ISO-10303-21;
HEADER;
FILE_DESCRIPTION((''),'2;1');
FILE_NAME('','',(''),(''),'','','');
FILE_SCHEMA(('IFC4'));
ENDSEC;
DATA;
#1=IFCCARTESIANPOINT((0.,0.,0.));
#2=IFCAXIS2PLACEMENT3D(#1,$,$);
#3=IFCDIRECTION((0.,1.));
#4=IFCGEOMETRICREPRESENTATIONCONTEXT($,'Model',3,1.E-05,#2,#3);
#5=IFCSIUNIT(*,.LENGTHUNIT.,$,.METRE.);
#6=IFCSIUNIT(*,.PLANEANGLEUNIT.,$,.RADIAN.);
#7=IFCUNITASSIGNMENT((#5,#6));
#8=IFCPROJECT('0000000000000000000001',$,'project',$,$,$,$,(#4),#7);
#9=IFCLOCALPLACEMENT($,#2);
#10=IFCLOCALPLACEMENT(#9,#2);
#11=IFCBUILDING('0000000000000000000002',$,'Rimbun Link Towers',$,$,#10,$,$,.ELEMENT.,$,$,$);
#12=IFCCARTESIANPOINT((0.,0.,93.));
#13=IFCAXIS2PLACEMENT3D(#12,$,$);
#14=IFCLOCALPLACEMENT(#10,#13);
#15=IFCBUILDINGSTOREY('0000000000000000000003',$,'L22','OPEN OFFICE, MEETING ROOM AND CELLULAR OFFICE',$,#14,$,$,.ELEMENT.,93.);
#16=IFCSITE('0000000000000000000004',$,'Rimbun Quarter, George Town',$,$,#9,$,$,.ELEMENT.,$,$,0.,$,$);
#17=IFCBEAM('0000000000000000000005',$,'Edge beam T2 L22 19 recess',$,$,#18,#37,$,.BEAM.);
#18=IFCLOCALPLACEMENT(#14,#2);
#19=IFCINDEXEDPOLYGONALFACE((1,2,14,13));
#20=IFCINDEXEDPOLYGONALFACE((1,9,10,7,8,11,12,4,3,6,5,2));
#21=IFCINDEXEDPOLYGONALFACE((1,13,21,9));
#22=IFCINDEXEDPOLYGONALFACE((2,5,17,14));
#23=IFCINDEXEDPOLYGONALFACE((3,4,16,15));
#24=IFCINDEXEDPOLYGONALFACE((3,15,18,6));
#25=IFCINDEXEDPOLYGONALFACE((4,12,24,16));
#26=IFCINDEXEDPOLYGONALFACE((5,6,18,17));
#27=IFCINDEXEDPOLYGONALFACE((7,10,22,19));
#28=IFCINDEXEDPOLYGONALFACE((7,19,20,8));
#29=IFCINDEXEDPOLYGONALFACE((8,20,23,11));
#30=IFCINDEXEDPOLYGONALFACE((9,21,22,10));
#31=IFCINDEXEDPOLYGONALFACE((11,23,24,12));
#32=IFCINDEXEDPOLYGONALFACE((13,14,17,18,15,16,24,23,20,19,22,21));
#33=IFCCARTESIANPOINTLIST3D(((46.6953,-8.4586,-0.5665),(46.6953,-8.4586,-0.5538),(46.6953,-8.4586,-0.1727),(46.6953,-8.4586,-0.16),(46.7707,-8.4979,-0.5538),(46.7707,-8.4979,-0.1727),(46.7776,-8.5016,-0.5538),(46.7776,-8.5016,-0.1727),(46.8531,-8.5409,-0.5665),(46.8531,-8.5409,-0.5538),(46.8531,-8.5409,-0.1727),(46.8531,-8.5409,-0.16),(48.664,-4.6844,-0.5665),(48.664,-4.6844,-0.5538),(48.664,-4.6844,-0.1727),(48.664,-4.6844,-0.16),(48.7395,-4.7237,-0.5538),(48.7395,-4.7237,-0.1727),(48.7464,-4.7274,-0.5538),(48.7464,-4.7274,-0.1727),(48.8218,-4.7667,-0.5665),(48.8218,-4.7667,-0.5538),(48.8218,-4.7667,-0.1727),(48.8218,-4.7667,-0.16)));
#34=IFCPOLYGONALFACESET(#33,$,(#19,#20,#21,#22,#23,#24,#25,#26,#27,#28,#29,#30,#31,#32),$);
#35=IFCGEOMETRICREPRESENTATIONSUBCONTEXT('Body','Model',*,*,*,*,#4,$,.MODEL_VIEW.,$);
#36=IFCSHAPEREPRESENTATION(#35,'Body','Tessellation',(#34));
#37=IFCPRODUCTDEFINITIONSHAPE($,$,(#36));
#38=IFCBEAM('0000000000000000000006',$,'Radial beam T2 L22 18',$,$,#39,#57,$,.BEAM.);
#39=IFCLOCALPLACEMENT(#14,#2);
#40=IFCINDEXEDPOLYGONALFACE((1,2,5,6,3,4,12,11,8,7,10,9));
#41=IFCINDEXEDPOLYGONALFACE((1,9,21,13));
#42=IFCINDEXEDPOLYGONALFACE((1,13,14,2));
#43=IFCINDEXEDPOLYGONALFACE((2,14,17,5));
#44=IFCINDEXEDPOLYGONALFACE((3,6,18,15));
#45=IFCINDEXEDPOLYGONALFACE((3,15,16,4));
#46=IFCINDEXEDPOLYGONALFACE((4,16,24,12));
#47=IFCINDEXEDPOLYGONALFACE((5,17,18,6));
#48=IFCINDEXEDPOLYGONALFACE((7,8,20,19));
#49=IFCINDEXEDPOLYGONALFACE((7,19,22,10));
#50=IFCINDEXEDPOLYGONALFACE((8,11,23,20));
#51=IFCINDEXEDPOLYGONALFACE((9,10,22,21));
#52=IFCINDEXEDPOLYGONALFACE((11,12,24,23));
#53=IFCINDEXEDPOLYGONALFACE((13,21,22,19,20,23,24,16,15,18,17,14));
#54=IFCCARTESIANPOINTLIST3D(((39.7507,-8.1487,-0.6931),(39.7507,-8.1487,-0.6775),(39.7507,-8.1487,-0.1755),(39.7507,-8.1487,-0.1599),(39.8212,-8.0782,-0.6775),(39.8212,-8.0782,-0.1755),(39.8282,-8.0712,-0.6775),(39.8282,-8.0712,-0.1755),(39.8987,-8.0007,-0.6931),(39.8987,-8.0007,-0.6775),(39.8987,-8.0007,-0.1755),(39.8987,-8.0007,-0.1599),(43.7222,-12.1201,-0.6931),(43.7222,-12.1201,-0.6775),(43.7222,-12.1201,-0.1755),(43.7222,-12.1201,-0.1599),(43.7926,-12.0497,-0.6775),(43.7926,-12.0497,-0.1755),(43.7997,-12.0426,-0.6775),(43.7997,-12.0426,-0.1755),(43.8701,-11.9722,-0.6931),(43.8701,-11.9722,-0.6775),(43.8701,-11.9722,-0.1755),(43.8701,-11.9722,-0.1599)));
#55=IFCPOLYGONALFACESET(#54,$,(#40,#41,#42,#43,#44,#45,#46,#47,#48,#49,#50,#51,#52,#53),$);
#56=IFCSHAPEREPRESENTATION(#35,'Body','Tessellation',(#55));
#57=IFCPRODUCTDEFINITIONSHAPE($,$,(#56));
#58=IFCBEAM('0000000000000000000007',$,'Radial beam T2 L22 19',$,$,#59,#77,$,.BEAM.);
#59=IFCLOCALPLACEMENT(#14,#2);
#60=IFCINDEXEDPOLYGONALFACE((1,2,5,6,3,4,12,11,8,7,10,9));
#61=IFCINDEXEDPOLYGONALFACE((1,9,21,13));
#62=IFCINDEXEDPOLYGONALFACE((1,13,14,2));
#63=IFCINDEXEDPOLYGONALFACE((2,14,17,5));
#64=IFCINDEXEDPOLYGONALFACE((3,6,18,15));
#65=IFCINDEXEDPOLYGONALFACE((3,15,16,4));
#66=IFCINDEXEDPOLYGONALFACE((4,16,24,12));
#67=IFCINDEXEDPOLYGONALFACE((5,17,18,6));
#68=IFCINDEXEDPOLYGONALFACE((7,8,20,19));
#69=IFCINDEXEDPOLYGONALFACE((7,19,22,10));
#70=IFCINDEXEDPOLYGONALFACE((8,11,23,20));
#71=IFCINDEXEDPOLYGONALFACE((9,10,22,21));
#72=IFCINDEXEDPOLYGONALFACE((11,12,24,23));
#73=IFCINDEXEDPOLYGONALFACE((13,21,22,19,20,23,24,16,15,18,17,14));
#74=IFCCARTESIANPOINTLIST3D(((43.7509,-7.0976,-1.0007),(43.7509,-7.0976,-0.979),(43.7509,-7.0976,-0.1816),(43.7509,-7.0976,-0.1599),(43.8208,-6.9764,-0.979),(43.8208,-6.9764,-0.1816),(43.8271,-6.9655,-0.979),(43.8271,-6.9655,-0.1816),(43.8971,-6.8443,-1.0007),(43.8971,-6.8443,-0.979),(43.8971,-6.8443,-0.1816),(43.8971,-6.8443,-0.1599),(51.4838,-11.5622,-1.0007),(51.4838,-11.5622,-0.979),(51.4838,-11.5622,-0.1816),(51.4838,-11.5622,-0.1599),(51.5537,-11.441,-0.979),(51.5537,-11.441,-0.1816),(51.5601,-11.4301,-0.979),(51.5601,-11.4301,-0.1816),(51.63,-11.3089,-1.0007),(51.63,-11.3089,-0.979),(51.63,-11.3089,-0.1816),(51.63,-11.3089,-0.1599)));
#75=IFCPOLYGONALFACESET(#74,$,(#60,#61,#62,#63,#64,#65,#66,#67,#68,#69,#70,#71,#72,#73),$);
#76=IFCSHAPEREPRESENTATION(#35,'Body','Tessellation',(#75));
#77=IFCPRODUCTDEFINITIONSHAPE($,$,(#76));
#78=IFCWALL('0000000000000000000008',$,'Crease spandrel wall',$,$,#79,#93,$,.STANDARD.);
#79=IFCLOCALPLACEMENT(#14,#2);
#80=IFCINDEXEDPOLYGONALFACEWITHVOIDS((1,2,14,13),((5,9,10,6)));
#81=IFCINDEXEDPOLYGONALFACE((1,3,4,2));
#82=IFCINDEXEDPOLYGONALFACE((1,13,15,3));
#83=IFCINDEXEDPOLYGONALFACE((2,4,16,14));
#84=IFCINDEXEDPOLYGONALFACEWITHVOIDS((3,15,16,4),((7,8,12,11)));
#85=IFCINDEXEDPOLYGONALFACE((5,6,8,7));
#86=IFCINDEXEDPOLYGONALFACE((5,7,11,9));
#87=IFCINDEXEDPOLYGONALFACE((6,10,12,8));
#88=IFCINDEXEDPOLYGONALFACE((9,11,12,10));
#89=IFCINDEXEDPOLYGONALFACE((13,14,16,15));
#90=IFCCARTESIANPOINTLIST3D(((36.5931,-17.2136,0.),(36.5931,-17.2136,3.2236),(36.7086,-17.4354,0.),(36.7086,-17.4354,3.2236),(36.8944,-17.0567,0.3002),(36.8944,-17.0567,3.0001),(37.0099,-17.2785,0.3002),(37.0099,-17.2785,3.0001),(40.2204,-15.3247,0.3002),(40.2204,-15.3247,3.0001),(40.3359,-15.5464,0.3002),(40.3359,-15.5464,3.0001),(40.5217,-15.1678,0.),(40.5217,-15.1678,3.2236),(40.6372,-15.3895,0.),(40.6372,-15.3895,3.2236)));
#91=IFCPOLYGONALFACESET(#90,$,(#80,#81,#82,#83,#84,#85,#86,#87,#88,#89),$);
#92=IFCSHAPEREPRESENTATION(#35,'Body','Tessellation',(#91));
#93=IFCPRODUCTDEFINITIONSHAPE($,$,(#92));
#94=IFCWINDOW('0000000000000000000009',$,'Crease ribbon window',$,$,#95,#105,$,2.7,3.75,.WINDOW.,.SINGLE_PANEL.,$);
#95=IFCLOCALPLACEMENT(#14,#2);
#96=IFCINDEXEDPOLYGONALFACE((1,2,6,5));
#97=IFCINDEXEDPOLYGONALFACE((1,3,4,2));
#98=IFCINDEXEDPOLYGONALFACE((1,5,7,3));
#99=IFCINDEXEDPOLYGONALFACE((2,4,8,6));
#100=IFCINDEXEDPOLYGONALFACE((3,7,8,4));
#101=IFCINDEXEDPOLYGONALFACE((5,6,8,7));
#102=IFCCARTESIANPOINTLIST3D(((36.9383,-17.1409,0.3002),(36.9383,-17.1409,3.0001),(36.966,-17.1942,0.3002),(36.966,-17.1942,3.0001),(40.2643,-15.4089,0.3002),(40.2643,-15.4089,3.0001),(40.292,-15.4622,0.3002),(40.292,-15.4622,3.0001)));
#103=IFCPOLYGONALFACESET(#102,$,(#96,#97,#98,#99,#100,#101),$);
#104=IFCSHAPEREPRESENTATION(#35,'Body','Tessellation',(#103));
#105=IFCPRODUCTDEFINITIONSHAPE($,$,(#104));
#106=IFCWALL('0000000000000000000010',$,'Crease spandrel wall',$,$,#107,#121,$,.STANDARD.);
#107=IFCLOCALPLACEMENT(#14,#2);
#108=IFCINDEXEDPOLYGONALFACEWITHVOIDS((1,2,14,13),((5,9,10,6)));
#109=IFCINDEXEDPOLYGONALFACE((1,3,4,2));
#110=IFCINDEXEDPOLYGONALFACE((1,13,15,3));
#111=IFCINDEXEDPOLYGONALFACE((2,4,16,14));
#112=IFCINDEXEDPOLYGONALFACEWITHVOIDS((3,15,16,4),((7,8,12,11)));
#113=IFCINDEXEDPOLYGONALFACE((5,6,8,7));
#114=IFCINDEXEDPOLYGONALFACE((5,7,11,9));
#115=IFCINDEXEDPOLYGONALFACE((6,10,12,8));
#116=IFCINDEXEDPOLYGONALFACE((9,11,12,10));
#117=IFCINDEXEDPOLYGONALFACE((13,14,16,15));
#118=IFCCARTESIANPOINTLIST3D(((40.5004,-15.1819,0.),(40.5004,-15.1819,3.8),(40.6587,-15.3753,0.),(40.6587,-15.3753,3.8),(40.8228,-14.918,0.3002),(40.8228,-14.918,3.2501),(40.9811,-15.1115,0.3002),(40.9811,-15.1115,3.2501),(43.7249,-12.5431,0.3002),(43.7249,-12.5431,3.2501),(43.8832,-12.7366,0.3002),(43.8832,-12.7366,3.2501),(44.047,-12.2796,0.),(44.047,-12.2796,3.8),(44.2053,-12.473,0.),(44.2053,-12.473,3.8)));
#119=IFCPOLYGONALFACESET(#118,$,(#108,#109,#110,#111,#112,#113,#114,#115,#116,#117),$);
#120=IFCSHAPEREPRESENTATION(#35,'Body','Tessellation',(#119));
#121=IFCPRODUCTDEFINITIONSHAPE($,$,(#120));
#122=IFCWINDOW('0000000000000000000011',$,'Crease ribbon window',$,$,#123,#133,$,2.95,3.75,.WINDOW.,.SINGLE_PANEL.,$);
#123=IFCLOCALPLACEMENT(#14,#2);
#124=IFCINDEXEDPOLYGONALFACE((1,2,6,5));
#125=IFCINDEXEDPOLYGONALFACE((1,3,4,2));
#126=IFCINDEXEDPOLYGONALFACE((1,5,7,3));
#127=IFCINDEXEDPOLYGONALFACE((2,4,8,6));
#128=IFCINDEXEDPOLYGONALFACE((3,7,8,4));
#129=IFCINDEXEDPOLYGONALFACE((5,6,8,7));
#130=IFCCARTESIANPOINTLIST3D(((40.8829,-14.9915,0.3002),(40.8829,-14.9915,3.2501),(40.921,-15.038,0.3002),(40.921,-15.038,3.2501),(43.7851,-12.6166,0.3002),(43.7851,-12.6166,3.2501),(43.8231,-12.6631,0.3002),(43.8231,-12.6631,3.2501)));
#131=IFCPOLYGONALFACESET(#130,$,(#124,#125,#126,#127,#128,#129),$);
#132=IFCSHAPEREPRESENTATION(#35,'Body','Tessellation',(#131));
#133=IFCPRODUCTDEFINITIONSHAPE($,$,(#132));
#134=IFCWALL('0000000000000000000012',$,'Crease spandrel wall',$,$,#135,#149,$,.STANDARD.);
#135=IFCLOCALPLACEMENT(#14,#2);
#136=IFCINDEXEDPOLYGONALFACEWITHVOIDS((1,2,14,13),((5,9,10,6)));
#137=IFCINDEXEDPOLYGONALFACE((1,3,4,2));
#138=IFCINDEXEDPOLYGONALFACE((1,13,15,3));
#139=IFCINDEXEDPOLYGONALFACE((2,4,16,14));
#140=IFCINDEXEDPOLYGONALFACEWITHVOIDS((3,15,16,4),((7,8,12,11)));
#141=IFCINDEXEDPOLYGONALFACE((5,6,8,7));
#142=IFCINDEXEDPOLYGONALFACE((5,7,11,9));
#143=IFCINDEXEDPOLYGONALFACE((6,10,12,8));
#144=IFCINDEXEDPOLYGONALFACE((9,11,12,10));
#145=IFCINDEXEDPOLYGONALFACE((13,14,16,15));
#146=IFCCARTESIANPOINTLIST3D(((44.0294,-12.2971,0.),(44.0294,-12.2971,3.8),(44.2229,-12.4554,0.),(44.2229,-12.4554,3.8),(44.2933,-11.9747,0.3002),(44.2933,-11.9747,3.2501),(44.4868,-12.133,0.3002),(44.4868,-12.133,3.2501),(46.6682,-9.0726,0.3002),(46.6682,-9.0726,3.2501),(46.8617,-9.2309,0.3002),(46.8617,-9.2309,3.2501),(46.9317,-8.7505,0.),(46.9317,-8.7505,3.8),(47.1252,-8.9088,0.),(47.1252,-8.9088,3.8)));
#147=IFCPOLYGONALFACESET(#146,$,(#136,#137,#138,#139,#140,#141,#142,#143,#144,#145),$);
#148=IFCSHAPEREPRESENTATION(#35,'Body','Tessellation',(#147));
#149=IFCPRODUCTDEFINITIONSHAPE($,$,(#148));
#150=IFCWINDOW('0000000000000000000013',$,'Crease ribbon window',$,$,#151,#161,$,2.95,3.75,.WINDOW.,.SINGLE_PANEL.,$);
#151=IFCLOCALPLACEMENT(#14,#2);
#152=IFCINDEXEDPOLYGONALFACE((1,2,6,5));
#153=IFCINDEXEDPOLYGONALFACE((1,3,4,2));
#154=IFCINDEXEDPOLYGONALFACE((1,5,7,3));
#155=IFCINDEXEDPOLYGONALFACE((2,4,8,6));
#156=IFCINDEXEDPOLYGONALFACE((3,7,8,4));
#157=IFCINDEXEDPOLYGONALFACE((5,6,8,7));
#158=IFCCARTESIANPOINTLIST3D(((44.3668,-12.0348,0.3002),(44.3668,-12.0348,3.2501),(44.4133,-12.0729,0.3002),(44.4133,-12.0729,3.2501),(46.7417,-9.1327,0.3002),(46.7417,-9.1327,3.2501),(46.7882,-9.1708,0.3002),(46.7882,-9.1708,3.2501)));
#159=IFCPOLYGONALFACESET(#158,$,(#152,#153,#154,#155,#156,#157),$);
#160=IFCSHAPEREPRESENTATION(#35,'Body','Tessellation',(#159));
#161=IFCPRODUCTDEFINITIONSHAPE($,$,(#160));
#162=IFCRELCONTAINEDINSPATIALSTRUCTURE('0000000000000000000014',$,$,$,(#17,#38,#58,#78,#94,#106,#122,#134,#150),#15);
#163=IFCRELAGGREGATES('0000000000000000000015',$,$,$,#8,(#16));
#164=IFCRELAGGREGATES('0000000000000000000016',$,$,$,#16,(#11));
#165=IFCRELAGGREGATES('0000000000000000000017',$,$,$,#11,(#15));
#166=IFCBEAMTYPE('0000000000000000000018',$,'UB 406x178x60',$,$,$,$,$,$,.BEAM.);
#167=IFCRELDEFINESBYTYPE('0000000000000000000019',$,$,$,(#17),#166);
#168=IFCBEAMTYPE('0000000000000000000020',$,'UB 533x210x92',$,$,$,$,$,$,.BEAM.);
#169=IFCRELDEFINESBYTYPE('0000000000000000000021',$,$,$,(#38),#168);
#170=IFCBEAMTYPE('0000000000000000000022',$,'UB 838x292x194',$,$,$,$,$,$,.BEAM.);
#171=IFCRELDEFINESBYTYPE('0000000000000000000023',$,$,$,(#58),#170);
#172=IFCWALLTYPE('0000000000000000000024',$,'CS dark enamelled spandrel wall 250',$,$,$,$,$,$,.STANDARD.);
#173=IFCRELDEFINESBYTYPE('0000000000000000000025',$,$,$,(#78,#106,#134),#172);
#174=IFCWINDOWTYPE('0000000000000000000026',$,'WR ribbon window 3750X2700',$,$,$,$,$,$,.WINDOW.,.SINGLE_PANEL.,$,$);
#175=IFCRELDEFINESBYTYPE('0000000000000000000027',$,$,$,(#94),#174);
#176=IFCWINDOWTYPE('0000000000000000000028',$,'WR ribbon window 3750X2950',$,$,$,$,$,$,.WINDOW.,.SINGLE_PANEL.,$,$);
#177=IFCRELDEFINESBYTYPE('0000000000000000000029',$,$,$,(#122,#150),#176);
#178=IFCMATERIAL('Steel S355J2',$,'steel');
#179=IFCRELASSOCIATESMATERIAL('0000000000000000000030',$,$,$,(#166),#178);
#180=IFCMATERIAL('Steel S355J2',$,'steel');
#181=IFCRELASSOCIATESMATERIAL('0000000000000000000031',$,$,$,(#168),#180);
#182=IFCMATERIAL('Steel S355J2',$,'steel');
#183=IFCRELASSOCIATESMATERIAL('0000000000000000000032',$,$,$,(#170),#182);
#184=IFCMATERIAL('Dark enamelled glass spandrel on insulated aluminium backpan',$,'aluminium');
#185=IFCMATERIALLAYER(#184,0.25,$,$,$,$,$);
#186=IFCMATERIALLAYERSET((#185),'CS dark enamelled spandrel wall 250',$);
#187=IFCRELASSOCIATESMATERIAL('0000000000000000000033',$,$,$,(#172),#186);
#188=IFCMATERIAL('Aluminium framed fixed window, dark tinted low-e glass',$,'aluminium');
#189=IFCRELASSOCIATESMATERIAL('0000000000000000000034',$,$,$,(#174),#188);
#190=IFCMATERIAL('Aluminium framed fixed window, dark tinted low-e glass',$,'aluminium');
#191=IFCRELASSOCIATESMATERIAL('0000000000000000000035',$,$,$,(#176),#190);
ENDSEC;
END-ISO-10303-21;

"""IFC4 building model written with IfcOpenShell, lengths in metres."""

from ifc_helpers import new_model, si_unit, direction, frame, frame_2d, origin, origin_2d, place, context, subcontext, project, spatial, rectangle, i_section, extrude, material, layer, layer_set, material_profile, profile_set, type_object, element, fill, save


model = new_model("IFC4")

# Units and contexts
model_context = context("Model", 3, precision=1e-05, world=origin(), true_north=direction((0.0, 1.0)))
body_context = subcontext(model_context, "Body", "Model", "MODEL_VIEW")
ifc_project = project(units=[si_unit("LENGTHUNIT", "METRE"), si_unit("PLANEANGLEUNIT", "RADIAN")], contexts=[model_context])

# Site, building, storey
site_placement = place(None, origin())
site = spatial("IfcSite", under=ifc_project, at=site_placement, Name="Rimbun Quarter, George Town", CompositionType="ELEMENT", RefElevation=0.0)
building_placement = place(site_placement, origin())
building = spatial("IfcBuilding", under=site, at=building_placement, Name="Rimbun Link Towers", CompositionType="ELEMENT")
storey_placement = place(building_placement, frame((0.0, 0.0, 93.0)))
storey = spatial("IfcBuildingStorey", under=building, at=storey_placement, Name="L22", Description="OPEN OFFICE, MEETING ROOM AND CELLULAR OFFICE", CompositionType="ELEMENT", Elevation=93.0)

# Beams
ifc_material_1 = material(Name="Steel S355J2", Category="steel")
ifc_material_profile_1 = material_profile(ifc_material_1, i_section(OverallWidth=0.178, OverallDepth=0.4065, WebThickness=0.0078, FlangeThickness=0.0127, at=origin_2d()), Name="UB 406x178x60")
ifc_profile_set_1 = profile_set([ifc_material_profile_1], Name="Steel S355J2")
beam_type_1 = type_object("IfcBeamType", Name="UB 406x178x60", PredefinedType="BEAM", material=ifc_profile_set_1)
beam_1_placement = place(storey_placement, frame((46.7742, -8.4998, -0.3633), z_axis=(0.462495, 0.886622, 0.0), x_axis=(-0.886622, 0.462495, 0.0)))
element("IfcBeam", 1, at=beam_1_placement, inside=storey, type_object=beam_type_1, Name="Edge beam T2 L22 19 recess", PredefinedType="BEAM", context=body_context, shape_type="SweptSolid", body=[
    extrude(i_section(OverallWidth=0.178, OverallDepth=0.4065, WebThickness=0.0078, FlangeThickness=0.0127, at=origin_2d()), origin(), (0.0, 0.0, 1.0), 4.2568),
])
ifc_material_2 = material(Name="Steel S355J2", Category="steel")
ifc_material_profile_2 = material_profile(ifc_material_2, i_section(OverallWidth=0.2092, OverallDepth=0.5332, WebThickness=0.01, FlangeThickness=0.0156, at=origin_2d()), Name="UB 533x210x92")
ifc_profile_set_2 = profile_set([ifc_material_profile_2], Name="Steel S355J2")
beam_type_2 = type_object("IfcBeamType", Name="UB 533x210x92", PredefinedType="BEAM", material=ifc_profile_set_2)
beam_2_placement = place(storey_placement, frame((39.8247, -8.0747, -0.4265), z_axis=(0.707107, -0.707107, 0.0), x_axis=(0.707107, 0.707107, 0.0)))
element("IfcBeam", 2, at=beam_2_placement, inside=storey, type_object=beam_type_2, Name="Radial beam T2 L22 18", PredefinedType="BEAM", context=body_context, shape_type="SweptSolid", body=[
    extrude(i_section(OverallWidth=0.2092, OverallDepth=0.5332, WebThickness=0.01, FlangeThickness=0.0156, at=origin_2d()), origin(), (0.0, 0.0, 1.0), 5.6165),
])
ifc_material_3 = material(Name="Steel S355J2", Category="steel")
ifc_material_profile_3 = material_profile(ifc_material_3, i_section(OverallWidth=0.2925, OverallDepth=0.8408, WebThickness=0.0127, FlangeThickness=0.0217, at=origin_2d()), Name="UB 838x292x194")
ifc_profile_set_3 = profile_set([ifc_material_profile_3], Name="Steel S355J2")
beam_type_3 = type_object("IfcBeamType", Name="UB 838x292x194", PredefinedType="BEAM", material=ifc_profile_set_3)
beam_3_placement = place(storey_placement, frame((43.824, -6.9709, -0.5803), z_axis=(0.866025, -0.5, 0.0), x_axis=(0.5, 0.866025, 0.0)))
element("IfcBeam", 3, at=beam_3_placement, inside=storey, type_object=beam_type_3, Name="Radial beam T2 L22 19", PredefinedType="BEAM", context=body_context, shape_type="SweptSolid", body=[
    extrude(i_section(OverallWidth=0.2925, OverallDepth=0.8408, WebThickness=0.0127, FlangeThickness=0.0217, at=origin_2d()), origin(), (0.0, 0.0, 1.0), 8.9292),
])

# Walls, openings, windows
ifc_material_4 = material(Name="Dark enamelled glass spandrel on insulated aluminium backpan", Category="aluminium")
ifc_layer_1 = layer(ifc_material_4, 0.25)
ifc_layer_set_1 = layer_set([ifc_layer_1], Name="CS dark enamelled spandrel wall 250")
wall_type_1 = type_object("IfcWallType", Name="CS dark enamelled spandrel wall 250", PredefinedType="STANDARD", material=ifc_layer_set_1)
wall_1_placement = place(storey_placement, frame((40.5796, -15.2786, 0.0), z_axis=(0.0, 0.0, 1.0), x_axis=(-0.886942, -0.46188, 0.0)))
wall_1 = element("IfcWall", 4, at=wall_1_placement, inside=storey, type_object=wall_type_1, Name="Crease spandrel wall", PredefinedType="STANDARD", context=body_context, shape_type="SweptSolid", body=[
    extrude(rectangle(XDim=4.4294, YDim=0.25, at=frame_2d((2.2148, 0.0))), origin(), (0.0, 0.0, 1.0), 3.2236),
])
opening_1_placement = place(wall_1_placement, frame((0.3398, 0.0, 0.3)))
opening_1 = element("IfcOpeningElement", 5, at=opening_1_placement, cuts=wall_1, PredefinedType="OPENING", context=body_context, shape_type="SweptSolid", body=[
    extrude(rectangle(XDim=3.75, YDim=2.7, at=frame_2d((1.875, 1.3501))), frame((0.0, 0.135, 0.0), z_axis=(0.0, -1.0, 0.0), x_axis=(1.0, 0.0, 0.0)), (0.0, 0.0, 1.0), 0.27),
])
ifc_material_5 = material(Name="Aluminium framed fixed window, dark tinted low-e glass", Category="aluminium")
window_type_1 = type_object("IfcWindowType", Name="WR ribbon window 3750X2700", PartitioningType="SINGLE_PANEL", PredefinedType="WINDOW", material=ifc_material_5)
window_1_placement = place(opening_1_placement, origin())
window_1 = element("IfcWindow", 6, at=window_1_placement, inside=storey, type_object=window_type_1, Name="Crease ribbon window", OverallHeight=2.7, OverallWidth=3.75, PartitioningType="SINGLE_PANEL", PredefinedType="WINDOW", context=body_context, shape_type="SweptSolid", body=[
    extrude(rectangle(XDim=3.75, YDim=2.7, at=frame_2d((1.875, 1.3501))), frame((0.0, 0.03, 0.0), z_axis=(0.0, -1.0, 0.0), x_axis=(1.0, 0.0, 0.0)), (0.0, 0.0, 1.0), 0.0601),
])
fill(opening_1, window_1)
wall_2_placement = place(storey_placement, frame((44.1262, -12.3762, 0.0), z_axis=(0.0, 0.0, 1.0), x_axis=(-0.773898, -0.63331, 0.0)))
wall_2 = element("IfcWall", 7, at=wall_2_placement, inside=storey, type_object=wall_type_1, Name="Crease spandrel wall", PredefinedType="STANDARD", context=body_context, shape_type="SweptSolid", body=[
    extrude(rectangle(XDim=4.5828, YDim=0.25, at=frame_2d((2.2915, 0.0))), origin(), (0.0, 0.0, 1.0), 3.8),
])
opening_2_placement = place(wall_2_placement, frame((0.4163, 0.0, 0.3)))
opening_2 = element("IfcOpeningElement", 8, at=opening_2_placement, cuts=wall_2, PredefinedType="OPENING", context=body_context, shape_type="SweptSolid", body=[
    extrude(rectangle(XDim=3.75, YDim=2.95, at=frame_2d((1.875, 1.4751))), frame((0.0, 0.135, 0.0), z_axis=(0.0, -1.0, 0.0), x_axis=(1.0, 0.0, 0.0)), (0.0, 0.0, 1.0), 0.27),
])
ifc_material_6 = material(Name="Aluminium framed fixed window, dark tinted low-e glass", Category="aluminium")
window_type_2 = type_object("IfcWindowType", Name="WR ribbon window 3750X2950", PartitioningType="SINGLE_PANEL", PredefinedType="WINDOW", material=ifc_material_6)
window_2_placement = place(opening_2_placement, origin())
window_2 = element("IfcWindow", 9, at=window_2_placement, inside=storey, type_object=window_type_2, Name="Crease ribbon window", OverallHeight=2.95, OverallWidth=3.75, PartitioningType="SINGLE_PANEL", PredefinedType="WINDOW", context=body_context, shape_type="SweptSolid", body=[
    extrude(rectangle(XDim=3.75, YDim=2.95, at=frame_2d((1.875, 1.4751))), frame((0.0, 0.03, 0.0), z_axis=(0.0, -1.0, 0.0), x_axis=(1.0, 0.0, 0.0)), (0.0, 0.0, 1.0), 0.0601),
])
fill(opening_2, window_2)
wall_3_placement = place(storey_placement, frame((47.0286, -8.8296, 0.0), z_axis=(0.0, 0.0, 1.0), x_axis=(-0.63331, -0.773898, 0.0)))
wall_3 = element("IfcWall", 10, at=wall_3_placement, inside=storey, type_object=wall_type_1, Name="Crease spandrel wall", PredefinedType="STANDARD", context=body_context, shape_type="SweptSolid", body=[
    extrude(rectangle(XDim=4.5828, YDim=0.25, at=frame_2d((2.2915, 0.0))), origin(), (0.0, 0.0, 1.0), 3.8),
])
opening_3_placement = place(wall_3_placement, frame((0.4163, 0.0, 0.3)))
opening_3 = element("IfcOpeningElement", 11, at=opening_3_placement, cuts=wall_3, PredefinedType="OPENING", context=body_context, shape_type="SweptSolid", body=[
    extrude(rectangle(XDim=3.75, YDim=2.95, at=frame_2d((1.875, 1.4751))), frame((0.0, 0.135, 0.0), z_axis=(0.0, -1.0, 0.0), x_axis=(1.0, 0.0, 0.0)), (0.0, 0.0, 1.0), 0.27),
])
window_3_placement = place(opening_3_placement, origin())
window_3 = element("IfcWindow", 12, at=window_3_placement, inside=storey, type_object=window_type_2, Name="Crease ribbon window", OverallHeight=2.95, OverallWidth=3.75, PartitioningType="SINGLE_PANEL", PredefinedType="WINDOW", context=body_context, shape_type="SweptSolid", body=[
    extrude(rectangle(XDim=3.75, YDim=2.95, at=frame_2d((1.875, 1.4751))), frame((0.0, 0.03, 0.0), z_axis=(0.0, -1.0, 0.0), x_axis=(1.0, 0.0, 0.0)), (0.0, 0.0, 1.0), 0.0601),
])
fill(opening_3, window_3)

save(model, "model.ifc")
